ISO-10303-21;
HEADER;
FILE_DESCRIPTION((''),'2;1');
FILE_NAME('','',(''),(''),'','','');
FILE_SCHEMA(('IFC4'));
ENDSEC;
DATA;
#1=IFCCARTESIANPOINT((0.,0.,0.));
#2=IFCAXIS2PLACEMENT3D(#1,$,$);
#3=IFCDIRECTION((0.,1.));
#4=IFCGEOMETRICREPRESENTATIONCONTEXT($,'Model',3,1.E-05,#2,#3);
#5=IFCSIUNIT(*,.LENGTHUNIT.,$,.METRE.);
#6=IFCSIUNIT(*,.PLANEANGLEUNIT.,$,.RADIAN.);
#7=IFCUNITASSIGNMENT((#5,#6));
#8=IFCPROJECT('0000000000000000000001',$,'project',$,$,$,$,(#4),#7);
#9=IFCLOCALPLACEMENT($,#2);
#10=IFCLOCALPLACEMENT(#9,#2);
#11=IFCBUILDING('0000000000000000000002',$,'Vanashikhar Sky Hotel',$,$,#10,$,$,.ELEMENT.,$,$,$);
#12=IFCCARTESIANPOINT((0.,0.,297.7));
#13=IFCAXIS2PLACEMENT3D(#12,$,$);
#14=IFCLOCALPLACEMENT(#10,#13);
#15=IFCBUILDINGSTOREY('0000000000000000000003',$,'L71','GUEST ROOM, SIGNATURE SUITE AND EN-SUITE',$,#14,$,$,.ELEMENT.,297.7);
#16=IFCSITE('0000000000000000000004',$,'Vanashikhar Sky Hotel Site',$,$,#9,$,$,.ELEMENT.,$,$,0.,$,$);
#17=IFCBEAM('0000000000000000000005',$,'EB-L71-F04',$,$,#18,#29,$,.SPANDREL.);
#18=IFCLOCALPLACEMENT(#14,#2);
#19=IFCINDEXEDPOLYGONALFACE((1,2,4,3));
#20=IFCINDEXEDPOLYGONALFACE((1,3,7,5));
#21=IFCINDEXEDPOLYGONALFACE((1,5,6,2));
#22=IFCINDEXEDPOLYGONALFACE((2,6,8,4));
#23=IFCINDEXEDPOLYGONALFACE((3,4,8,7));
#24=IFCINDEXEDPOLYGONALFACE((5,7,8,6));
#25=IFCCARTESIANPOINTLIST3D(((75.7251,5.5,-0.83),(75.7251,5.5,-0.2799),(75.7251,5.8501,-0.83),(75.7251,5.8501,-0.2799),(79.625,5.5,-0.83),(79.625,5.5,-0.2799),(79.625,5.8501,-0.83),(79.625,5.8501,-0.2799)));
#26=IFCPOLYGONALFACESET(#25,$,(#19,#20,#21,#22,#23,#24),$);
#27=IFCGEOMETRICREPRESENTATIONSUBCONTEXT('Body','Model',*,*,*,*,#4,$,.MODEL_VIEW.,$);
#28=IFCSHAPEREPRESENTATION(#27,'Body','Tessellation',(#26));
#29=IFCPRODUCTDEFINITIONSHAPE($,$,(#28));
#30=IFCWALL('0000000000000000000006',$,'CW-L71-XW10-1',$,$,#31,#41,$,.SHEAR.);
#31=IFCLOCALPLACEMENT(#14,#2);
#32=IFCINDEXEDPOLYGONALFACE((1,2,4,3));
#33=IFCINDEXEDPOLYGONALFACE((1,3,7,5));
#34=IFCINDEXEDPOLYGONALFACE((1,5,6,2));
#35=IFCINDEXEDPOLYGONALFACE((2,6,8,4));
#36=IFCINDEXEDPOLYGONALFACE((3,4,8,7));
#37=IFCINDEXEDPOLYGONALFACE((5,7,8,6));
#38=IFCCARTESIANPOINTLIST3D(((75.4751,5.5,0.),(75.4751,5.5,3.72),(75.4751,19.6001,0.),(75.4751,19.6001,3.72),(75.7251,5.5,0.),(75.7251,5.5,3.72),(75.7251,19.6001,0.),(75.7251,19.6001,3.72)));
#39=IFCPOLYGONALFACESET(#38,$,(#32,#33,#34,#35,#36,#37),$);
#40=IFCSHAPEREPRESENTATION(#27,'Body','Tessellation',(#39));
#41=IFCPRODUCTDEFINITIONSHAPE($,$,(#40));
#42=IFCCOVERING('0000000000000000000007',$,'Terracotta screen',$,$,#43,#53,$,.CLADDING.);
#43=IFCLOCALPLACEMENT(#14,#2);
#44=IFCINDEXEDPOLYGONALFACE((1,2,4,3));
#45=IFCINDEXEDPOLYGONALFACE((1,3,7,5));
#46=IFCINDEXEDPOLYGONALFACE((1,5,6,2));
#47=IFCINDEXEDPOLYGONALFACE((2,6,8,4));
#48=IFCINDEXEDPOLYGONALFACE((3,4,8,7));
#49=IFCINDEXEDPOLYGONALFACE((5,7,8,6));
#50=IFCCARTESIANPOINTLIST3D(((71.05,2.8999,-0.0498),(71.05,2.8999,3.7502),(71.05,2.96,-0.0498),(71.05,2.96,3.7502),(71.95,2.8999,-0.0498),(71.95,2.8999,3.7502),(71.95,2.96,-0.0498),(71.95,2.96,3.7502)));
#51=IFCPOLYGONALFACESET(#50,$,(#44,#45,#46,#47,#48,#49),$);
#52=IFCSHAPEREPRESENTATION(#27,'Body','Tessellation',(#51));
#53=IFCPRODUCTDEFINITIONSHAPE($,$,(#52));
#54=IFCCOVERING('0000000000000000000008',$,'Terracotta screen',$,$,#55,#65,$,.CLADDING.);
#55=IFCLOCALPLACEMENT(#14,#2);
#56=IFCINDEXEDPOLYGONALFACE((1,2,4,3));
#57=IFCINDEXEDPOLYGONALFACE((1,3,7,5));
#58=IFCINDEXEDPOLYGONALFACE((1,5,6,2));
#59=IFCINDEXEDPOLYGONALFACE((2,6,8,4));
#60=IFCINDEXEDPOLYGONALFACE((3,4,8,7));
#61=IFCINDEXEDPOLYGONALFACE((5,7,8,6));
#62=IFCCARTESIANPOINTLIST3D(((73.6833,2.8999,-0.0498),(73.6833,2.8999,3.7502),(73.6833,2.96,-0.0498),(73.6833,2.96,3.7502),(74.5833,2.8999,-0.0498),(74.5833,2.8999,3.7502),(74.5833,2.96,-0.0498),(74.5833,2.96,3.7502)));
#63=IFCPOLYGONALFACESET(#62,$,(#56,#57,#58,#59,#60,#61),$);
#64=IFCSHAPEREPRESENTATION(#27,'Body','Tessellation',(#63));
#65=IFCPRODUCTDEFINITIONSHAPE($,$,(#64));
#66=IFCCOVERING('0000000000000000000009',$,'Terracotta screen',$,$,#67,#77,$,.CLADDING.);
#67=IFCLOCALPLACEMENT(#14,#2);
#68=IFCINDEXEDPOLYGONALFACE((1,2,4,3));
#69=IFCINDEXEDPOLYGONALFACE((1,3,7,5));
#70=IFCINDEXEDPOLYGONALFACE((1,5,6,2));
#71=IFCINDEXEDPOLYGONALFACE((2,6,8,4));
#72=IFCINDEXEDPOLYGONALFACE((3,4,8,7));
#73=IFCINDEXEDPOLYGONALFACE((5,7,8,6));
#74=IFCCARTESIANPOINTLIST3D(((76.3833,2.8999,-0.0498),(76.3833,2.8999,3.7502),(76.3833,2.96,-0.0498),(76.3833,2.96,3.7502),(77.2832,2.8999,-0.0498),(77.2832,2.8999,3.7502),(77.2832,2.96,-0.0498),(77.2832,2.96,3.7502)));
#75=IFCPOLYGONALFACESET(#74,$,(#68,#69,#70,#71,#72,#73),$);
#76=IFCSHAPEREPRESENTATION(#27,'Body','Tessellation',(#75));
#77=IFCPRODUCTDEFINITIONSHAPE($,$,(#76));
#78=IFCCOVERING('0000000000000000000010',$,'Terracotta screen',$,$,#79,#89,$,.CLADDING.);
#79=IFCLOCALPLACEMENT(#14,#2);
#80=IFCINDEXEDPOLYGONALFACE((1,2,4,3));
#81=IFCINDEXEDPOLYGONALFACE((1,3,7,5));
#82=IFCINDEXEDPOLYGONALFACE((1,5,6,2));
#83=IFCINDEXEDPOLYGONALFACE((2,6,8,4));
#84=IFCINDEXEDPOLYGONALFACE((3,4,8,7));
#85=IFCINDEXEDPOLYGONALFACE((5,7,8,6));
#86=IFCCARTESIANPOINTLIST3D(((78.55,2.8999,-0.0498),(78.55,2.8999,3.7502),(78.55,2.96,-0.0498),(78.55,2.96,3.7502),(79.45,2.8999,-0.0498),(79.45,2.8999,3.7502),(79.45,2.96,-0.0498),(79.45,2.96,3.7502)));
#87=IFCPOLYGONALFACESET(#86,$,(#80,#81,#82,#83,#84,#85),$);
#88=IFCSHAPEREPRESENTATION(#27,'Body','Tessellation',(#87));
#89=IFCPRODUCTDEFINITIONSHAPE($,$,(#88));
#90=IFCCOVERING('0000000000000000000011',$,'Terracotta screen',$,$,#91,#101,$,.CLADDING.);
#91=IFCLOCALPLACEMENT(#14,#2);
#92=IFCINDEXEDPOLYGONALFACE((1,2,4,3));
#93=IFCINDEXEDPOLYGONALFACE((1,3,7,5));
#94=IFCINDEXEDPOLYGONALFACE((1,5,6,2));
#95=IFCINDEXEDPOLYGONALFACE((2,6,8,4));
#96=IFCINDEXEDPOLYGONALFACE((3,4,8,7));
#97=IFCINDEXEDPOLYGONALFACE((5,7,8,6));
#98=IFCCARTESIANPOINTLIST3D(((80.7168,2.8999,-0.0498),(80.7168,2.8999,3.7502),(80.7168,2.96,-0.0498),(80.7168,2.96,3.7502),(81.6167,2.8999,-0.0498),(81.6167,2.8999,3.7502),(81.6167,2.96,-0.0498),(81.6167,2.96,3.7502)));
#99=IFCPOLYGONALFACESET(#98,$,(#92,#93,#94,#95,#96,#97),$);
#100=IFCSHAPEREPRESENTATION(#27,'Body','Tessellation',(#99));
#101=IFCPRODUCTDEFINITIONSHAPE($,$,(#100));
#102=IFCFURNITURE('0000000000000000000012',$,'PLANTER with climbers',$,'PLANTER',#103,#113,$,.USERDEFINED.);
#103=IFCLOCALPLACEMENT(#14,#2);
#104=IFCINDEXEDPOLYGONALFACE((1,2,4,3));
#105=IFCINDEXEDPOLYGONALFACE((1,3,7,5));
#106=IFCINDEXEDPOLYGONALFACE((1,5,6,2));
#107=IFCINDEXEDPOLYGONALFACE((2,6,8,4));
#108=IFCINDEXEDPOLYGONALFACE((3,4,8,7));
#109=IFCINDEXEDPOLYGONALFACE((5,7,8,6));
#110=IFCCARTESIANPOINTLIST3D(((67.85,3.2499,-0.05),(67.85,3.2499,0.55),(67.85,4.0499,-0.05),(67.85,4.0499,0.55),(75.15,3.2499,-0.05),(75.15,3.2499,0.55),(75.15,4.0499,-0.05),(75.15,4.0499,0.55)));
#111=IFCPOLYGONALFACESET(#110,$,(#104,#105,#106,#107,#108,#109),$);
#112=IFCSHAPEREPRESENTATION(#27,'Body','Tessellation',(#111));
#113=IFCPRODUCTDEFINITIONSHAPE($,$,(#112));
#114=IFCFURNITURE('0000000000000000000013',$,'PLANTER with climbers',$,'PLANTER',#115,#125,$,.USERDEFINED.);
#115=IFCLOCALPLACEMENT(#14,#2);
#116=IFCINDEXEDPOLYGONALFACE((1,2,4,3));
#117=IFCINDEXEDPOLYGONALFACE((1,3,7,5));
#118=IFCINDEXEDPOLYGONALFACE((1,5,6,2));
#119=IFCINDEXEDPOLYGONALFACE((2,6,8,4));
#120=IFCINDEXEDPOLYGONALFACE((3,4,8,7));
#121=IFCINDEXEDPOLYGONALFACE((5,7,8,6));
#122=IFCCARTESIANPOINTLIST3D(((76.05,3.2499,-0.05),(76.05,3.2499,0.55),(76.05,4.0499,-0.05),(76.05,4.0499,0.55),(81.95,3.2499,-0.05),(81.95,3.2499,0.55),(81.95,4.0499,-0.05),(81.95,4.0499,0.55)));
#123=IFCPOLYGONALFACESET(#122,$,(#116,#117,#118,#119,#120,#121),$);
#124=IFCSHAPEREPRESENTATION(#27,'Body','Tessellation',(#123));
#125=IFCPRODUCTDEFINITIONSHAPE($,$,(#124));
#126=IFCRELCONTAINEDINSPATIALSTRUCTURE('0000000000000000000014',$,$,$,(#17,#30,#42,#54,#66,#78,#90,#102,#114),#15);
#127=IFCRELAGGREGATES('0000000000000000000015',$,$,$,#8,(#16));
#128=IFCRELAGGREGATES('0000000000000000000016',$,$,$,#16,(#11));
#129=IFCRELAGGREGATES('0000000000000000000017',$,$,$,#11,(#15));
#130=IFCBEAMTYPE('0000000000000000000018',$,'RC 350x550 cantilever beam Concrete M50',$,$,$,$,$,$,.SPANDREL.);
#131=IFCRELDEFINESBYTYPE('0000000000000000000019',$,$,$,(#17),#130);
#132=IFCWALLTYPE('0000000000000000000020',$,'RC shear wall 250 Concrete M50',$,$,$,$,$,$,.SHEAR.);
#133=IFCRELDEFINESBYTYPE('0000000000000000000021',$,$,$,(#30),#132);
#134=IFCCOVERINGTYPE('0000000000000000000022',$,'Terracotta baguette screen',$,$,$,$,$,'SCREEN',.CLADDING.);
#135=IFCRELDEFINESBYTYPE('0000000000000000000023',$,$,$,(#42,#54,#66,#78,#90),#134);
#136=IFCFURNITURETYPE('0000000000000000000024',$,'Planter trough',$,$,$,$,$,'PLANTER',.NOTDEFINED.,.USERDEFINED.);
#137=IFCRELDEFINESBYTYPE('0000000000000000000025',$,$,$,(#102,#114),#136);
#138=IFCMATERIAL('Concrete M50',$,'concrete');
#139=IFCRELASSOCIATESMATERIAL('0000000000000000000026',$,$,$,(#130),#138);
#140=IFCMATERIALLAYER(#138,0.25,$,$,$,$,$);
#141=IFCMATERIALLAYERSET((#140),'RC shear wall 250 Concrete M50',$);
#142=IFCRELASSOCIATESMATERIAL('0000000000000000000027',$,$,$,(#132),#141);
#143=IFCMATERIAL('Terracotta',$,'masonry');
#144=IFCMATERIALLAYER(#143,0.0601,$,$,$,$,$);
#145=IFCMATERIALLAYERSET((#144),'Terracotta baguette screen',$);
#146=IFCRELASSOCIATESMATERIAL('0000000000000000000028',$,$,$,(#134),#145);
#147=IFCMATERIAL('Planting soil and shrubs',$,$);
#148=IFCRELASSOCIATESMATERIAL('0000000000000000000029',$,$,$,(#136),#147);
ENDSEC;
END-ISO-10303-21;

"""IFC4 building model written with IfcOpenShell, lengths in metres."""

from ifc_helpers import new_model, si_unit, direction, frame, frame_2d, origin, origin_2d, place, context, subcontext, project, spatial, rectangle, extrude, source, transform, mapped, material, layer, layer_set, material_profile, profile_set, type_object, element, save


model = new_model("IFC4")

# Units and contexts
model_context = context("Model", 3, precision=1e-05, world=origin(), true_north=direction((0.0, 1.0)))
body_context = subcontext(model_context, "Body", "Model", "MODEL_VIEW")
ifc_project = project(units=[si_unit("LENGTHUNIT", "METRE"), si_unit("PLANEANGLEUNIT", "RADIAN")], contexts=[model_context])

# Site, building, storey
site_placement = place(None, origin())
site = spatial("IfcSite", under=ifc_project, at=site_placement, Name="Vanashikhar Sky Hotel Site", CompositionType="ELEMENT", RefElevation=0.0)
building_placement = place(site_placement, origin())
building = spatial("IfcBuilding", under=site, at=building_placement, Name="Vanashikhar Sky Hotel", CompositionType="ELEMENT")
storey_placement = place(building_placement, frame((0.0, 0.0, 297.7)))
storey = spatial("IfcBuildingStorey", under=building, at=storey_placement, Name="L71", Description="GUEST ROOM, SIGNATURE SUITE AND EN-SUITE", CompositionType="ELEMENT", Elevation=297.7)

# Beam
ifc_material_1 = material(Name="Concrete M50", Category="concrete")
ifc_material_profile = material_profile(ifc_material_1, rectangle(XDim=0.3501, YDim=0.55, at=origin_2d()))
ifc_profile_set = profile_set([ifc_material_profile], Name="RC 350x550 cantilever beam Concrete M50")
beam_type = type_object("IfcBeamType", Name="RC 350x550 cantilever beam Concrete M50", PredefinedType="SPANDREL", material=ifc_profile_set)
shared_shape_1 = source(origin(), body_context, "Body", "SweptSolid", [
    extrude(rectangle(XDim=0.3501, YDim=0.55, at=origin_2d()), origin(), (0.0, 0.0, 1.0), 3.8999),
])
beam_placement = place(storey_placement, frame((75.7251, 5.675, -0.5549), z_axis=(1.0, 0.0, 0.0), x_axis=(0.0, 1.0, 0.0)))
element("IfcBeam", 1, at=beam_placement, inside=storey, type_object=beam_type, Name="EB-L71-F04", PredefinedType="SPANDREL", context=body_context, shape_type="MappedRepresentation", body=[
    mapped(shared_shape_1, transform((0.0, 0.0, 0.0), scale=1.0)),
])

# Wall
ifc_layer_1 = layer(ifc_material_1, 0.25)
ifc_layer_set_1 = layer_set([ifc_layer_1], Name="RC shear wall 250 Concrete M50")
wall_type = type_object("IfcWallType", Name="RC shear wall 250 Concrete M50", PredefinedType="SHEAR", material=ifc_layer_set_1)
shared_shape_2 = source(origin(), body_context, "Body", "SweptSolid", [
    extrude(rectangle(XDim=14.1001, YDim=0.25, at=frame_2d((7.05, 0.0))), origin(), (0.0, 0.0, 1.0), 3.72),
])
wall_placement = place(storey_placement, frame((75.6001, 5.5, 0.0), z_axis=(0.0, 0.0, 1.0), x_axis=(0.0, 1.0, 0.0)))
element("IfcWall", 2, at=wall_placement, inside=storey, type_object=wall_type, Name="CW-L71-XW10-1", PredefinedType="SHEAR", context=body_context, shape_type="MappedRepresentation", body=[
    mapped(shared_shape_2, transform((0.0, 0.0, 0.0), scale=1.0)),
])

# Coverings
ifc_material_2 = material(Name="Terracotta", Category="masonry")
ifc_layer_2 = layer(ifc_material_2, 0.0601)
ifc_layer_set_2 = layer_set([ifc_layer_2], Name="Terracotta baguette screen")
covering_type = type_object("IfcCoveringType", Name="Terracotta baguette screen", ElementType="SCREEN", PredefinedType="CLADDING", material=ifc_layer_set_2)
shared_shape_3 = source(origin(), body_context, "Body", "SweptSolid", [
    extrude(rectangle(XDim=0.8999, YDim=0.0601, at=origin_2d()), origin(), (0.0, 0.0, 1.0), 3.8),
])
for number, where, z_axis, x_axis, name in (
    (3, (71.5, 2.9299, -0.0498), (0.0, 0.0, 1.0), (1.0, 0.0, 0.0), "Terracotta screen"),
    (4, (74.1333, 2.9299, -0.0498), (0.0, 0.0, 1.0), (1.0, 0.0, 0.0), "Terracotta screen"),
    (5, (76.8333, 2.9299, -0.0498), (0.0, 0.0, 1.0), (1.0, 0.0, 0.0), "Terracotta screen"),
    (6, (79.0, 2.9299, -0.0498), (0.0, 0.0, 1.0), (1.0, 0.0, 0.0), "Terracotta screen"),
    (7, (81.1667, 2.9299, -0.0498), (0.0, 0.0, 1.0), (1.0, 0.0, 0.0), "Terracotta screen"),
):
    element("IfcCovering", number, at=place(storey_placement, frame(where, z_axis=z_axis, x_axis=x_axis)), inside=storey, type_object=covering_type, Name=name, PredefinedType="CLADDING", context=body_context, shape_type="MappedRepresentation", body=[
        mapped(shared_shape_3, transform((0.0, 0.0, 0.0), scale=1.0)),
    ])

# Furniture
ifc_material_3 = material(Name="Planting soil and shrubs")
furniture_type = type_object("IfcFurnitureType", Name="Planter trough", ElementType="PLANTER", AssemblyPlace="NOTDEFINED", PredefinedType="USERDEFINED", material=ifc_material_3)
shared_shape_4 = source(origin(), body_context, "Body", "SweptSolid", [
    extrude(rectangle(XDim=7.3, YDim=0.8, at=origin_2d()), origin(), (0.0, 0.0, 1.0), 0.6001),
])
furniture_1_placement = place(storey_placement, frame((71.5, 3.6499, -0.05), z_axis=(0.0, 0.0, 1.0), x_axis=(1.0, 0.0, 0.0)))
element("IfcFurniture", 8, at=furniture_1_placement, inside=storey, type_object=furniture_type, Name="PLANTER with climbers", ObjectType="PLANTER", PredefinedType="USERDEFINED", context=body_context, shape_type="MappedRepresentation", body=[
    mapped(shared_shape_4, transform((0.0, 0.0, 0.0), scale=1.0)),
])
shared_shape_5 = source(origin(), body_context, "Body", "SweptSolid", [
    extrude(rectangle(XDim=5.8999, YDim=0.8, at=origin_2d()), origin(), (0.0, 0.0, 1.0), 0.6001),
])
furniture_2_placement = place(storey_placement, frame((79.0, 3.6499, -0.05), z_axis=(0.0, 0.0, 1.0), x_axis=(1.0, 0.0, 0.0)))
element("IfcFurniture", 9, at=furniture_2_placement, inside=storey, type_object=furniture_type, Name="PLANTER with climbers", ObjectType="PLANTER", PredefinedType="USERDEFINED", context=body_context, shape_type="MappedRepresentation", body=[
    mapped(shared_shape_5, transform((0.0, 0.0, 0.0), scale=1.0)),
])

save(model, "model.ifc")
